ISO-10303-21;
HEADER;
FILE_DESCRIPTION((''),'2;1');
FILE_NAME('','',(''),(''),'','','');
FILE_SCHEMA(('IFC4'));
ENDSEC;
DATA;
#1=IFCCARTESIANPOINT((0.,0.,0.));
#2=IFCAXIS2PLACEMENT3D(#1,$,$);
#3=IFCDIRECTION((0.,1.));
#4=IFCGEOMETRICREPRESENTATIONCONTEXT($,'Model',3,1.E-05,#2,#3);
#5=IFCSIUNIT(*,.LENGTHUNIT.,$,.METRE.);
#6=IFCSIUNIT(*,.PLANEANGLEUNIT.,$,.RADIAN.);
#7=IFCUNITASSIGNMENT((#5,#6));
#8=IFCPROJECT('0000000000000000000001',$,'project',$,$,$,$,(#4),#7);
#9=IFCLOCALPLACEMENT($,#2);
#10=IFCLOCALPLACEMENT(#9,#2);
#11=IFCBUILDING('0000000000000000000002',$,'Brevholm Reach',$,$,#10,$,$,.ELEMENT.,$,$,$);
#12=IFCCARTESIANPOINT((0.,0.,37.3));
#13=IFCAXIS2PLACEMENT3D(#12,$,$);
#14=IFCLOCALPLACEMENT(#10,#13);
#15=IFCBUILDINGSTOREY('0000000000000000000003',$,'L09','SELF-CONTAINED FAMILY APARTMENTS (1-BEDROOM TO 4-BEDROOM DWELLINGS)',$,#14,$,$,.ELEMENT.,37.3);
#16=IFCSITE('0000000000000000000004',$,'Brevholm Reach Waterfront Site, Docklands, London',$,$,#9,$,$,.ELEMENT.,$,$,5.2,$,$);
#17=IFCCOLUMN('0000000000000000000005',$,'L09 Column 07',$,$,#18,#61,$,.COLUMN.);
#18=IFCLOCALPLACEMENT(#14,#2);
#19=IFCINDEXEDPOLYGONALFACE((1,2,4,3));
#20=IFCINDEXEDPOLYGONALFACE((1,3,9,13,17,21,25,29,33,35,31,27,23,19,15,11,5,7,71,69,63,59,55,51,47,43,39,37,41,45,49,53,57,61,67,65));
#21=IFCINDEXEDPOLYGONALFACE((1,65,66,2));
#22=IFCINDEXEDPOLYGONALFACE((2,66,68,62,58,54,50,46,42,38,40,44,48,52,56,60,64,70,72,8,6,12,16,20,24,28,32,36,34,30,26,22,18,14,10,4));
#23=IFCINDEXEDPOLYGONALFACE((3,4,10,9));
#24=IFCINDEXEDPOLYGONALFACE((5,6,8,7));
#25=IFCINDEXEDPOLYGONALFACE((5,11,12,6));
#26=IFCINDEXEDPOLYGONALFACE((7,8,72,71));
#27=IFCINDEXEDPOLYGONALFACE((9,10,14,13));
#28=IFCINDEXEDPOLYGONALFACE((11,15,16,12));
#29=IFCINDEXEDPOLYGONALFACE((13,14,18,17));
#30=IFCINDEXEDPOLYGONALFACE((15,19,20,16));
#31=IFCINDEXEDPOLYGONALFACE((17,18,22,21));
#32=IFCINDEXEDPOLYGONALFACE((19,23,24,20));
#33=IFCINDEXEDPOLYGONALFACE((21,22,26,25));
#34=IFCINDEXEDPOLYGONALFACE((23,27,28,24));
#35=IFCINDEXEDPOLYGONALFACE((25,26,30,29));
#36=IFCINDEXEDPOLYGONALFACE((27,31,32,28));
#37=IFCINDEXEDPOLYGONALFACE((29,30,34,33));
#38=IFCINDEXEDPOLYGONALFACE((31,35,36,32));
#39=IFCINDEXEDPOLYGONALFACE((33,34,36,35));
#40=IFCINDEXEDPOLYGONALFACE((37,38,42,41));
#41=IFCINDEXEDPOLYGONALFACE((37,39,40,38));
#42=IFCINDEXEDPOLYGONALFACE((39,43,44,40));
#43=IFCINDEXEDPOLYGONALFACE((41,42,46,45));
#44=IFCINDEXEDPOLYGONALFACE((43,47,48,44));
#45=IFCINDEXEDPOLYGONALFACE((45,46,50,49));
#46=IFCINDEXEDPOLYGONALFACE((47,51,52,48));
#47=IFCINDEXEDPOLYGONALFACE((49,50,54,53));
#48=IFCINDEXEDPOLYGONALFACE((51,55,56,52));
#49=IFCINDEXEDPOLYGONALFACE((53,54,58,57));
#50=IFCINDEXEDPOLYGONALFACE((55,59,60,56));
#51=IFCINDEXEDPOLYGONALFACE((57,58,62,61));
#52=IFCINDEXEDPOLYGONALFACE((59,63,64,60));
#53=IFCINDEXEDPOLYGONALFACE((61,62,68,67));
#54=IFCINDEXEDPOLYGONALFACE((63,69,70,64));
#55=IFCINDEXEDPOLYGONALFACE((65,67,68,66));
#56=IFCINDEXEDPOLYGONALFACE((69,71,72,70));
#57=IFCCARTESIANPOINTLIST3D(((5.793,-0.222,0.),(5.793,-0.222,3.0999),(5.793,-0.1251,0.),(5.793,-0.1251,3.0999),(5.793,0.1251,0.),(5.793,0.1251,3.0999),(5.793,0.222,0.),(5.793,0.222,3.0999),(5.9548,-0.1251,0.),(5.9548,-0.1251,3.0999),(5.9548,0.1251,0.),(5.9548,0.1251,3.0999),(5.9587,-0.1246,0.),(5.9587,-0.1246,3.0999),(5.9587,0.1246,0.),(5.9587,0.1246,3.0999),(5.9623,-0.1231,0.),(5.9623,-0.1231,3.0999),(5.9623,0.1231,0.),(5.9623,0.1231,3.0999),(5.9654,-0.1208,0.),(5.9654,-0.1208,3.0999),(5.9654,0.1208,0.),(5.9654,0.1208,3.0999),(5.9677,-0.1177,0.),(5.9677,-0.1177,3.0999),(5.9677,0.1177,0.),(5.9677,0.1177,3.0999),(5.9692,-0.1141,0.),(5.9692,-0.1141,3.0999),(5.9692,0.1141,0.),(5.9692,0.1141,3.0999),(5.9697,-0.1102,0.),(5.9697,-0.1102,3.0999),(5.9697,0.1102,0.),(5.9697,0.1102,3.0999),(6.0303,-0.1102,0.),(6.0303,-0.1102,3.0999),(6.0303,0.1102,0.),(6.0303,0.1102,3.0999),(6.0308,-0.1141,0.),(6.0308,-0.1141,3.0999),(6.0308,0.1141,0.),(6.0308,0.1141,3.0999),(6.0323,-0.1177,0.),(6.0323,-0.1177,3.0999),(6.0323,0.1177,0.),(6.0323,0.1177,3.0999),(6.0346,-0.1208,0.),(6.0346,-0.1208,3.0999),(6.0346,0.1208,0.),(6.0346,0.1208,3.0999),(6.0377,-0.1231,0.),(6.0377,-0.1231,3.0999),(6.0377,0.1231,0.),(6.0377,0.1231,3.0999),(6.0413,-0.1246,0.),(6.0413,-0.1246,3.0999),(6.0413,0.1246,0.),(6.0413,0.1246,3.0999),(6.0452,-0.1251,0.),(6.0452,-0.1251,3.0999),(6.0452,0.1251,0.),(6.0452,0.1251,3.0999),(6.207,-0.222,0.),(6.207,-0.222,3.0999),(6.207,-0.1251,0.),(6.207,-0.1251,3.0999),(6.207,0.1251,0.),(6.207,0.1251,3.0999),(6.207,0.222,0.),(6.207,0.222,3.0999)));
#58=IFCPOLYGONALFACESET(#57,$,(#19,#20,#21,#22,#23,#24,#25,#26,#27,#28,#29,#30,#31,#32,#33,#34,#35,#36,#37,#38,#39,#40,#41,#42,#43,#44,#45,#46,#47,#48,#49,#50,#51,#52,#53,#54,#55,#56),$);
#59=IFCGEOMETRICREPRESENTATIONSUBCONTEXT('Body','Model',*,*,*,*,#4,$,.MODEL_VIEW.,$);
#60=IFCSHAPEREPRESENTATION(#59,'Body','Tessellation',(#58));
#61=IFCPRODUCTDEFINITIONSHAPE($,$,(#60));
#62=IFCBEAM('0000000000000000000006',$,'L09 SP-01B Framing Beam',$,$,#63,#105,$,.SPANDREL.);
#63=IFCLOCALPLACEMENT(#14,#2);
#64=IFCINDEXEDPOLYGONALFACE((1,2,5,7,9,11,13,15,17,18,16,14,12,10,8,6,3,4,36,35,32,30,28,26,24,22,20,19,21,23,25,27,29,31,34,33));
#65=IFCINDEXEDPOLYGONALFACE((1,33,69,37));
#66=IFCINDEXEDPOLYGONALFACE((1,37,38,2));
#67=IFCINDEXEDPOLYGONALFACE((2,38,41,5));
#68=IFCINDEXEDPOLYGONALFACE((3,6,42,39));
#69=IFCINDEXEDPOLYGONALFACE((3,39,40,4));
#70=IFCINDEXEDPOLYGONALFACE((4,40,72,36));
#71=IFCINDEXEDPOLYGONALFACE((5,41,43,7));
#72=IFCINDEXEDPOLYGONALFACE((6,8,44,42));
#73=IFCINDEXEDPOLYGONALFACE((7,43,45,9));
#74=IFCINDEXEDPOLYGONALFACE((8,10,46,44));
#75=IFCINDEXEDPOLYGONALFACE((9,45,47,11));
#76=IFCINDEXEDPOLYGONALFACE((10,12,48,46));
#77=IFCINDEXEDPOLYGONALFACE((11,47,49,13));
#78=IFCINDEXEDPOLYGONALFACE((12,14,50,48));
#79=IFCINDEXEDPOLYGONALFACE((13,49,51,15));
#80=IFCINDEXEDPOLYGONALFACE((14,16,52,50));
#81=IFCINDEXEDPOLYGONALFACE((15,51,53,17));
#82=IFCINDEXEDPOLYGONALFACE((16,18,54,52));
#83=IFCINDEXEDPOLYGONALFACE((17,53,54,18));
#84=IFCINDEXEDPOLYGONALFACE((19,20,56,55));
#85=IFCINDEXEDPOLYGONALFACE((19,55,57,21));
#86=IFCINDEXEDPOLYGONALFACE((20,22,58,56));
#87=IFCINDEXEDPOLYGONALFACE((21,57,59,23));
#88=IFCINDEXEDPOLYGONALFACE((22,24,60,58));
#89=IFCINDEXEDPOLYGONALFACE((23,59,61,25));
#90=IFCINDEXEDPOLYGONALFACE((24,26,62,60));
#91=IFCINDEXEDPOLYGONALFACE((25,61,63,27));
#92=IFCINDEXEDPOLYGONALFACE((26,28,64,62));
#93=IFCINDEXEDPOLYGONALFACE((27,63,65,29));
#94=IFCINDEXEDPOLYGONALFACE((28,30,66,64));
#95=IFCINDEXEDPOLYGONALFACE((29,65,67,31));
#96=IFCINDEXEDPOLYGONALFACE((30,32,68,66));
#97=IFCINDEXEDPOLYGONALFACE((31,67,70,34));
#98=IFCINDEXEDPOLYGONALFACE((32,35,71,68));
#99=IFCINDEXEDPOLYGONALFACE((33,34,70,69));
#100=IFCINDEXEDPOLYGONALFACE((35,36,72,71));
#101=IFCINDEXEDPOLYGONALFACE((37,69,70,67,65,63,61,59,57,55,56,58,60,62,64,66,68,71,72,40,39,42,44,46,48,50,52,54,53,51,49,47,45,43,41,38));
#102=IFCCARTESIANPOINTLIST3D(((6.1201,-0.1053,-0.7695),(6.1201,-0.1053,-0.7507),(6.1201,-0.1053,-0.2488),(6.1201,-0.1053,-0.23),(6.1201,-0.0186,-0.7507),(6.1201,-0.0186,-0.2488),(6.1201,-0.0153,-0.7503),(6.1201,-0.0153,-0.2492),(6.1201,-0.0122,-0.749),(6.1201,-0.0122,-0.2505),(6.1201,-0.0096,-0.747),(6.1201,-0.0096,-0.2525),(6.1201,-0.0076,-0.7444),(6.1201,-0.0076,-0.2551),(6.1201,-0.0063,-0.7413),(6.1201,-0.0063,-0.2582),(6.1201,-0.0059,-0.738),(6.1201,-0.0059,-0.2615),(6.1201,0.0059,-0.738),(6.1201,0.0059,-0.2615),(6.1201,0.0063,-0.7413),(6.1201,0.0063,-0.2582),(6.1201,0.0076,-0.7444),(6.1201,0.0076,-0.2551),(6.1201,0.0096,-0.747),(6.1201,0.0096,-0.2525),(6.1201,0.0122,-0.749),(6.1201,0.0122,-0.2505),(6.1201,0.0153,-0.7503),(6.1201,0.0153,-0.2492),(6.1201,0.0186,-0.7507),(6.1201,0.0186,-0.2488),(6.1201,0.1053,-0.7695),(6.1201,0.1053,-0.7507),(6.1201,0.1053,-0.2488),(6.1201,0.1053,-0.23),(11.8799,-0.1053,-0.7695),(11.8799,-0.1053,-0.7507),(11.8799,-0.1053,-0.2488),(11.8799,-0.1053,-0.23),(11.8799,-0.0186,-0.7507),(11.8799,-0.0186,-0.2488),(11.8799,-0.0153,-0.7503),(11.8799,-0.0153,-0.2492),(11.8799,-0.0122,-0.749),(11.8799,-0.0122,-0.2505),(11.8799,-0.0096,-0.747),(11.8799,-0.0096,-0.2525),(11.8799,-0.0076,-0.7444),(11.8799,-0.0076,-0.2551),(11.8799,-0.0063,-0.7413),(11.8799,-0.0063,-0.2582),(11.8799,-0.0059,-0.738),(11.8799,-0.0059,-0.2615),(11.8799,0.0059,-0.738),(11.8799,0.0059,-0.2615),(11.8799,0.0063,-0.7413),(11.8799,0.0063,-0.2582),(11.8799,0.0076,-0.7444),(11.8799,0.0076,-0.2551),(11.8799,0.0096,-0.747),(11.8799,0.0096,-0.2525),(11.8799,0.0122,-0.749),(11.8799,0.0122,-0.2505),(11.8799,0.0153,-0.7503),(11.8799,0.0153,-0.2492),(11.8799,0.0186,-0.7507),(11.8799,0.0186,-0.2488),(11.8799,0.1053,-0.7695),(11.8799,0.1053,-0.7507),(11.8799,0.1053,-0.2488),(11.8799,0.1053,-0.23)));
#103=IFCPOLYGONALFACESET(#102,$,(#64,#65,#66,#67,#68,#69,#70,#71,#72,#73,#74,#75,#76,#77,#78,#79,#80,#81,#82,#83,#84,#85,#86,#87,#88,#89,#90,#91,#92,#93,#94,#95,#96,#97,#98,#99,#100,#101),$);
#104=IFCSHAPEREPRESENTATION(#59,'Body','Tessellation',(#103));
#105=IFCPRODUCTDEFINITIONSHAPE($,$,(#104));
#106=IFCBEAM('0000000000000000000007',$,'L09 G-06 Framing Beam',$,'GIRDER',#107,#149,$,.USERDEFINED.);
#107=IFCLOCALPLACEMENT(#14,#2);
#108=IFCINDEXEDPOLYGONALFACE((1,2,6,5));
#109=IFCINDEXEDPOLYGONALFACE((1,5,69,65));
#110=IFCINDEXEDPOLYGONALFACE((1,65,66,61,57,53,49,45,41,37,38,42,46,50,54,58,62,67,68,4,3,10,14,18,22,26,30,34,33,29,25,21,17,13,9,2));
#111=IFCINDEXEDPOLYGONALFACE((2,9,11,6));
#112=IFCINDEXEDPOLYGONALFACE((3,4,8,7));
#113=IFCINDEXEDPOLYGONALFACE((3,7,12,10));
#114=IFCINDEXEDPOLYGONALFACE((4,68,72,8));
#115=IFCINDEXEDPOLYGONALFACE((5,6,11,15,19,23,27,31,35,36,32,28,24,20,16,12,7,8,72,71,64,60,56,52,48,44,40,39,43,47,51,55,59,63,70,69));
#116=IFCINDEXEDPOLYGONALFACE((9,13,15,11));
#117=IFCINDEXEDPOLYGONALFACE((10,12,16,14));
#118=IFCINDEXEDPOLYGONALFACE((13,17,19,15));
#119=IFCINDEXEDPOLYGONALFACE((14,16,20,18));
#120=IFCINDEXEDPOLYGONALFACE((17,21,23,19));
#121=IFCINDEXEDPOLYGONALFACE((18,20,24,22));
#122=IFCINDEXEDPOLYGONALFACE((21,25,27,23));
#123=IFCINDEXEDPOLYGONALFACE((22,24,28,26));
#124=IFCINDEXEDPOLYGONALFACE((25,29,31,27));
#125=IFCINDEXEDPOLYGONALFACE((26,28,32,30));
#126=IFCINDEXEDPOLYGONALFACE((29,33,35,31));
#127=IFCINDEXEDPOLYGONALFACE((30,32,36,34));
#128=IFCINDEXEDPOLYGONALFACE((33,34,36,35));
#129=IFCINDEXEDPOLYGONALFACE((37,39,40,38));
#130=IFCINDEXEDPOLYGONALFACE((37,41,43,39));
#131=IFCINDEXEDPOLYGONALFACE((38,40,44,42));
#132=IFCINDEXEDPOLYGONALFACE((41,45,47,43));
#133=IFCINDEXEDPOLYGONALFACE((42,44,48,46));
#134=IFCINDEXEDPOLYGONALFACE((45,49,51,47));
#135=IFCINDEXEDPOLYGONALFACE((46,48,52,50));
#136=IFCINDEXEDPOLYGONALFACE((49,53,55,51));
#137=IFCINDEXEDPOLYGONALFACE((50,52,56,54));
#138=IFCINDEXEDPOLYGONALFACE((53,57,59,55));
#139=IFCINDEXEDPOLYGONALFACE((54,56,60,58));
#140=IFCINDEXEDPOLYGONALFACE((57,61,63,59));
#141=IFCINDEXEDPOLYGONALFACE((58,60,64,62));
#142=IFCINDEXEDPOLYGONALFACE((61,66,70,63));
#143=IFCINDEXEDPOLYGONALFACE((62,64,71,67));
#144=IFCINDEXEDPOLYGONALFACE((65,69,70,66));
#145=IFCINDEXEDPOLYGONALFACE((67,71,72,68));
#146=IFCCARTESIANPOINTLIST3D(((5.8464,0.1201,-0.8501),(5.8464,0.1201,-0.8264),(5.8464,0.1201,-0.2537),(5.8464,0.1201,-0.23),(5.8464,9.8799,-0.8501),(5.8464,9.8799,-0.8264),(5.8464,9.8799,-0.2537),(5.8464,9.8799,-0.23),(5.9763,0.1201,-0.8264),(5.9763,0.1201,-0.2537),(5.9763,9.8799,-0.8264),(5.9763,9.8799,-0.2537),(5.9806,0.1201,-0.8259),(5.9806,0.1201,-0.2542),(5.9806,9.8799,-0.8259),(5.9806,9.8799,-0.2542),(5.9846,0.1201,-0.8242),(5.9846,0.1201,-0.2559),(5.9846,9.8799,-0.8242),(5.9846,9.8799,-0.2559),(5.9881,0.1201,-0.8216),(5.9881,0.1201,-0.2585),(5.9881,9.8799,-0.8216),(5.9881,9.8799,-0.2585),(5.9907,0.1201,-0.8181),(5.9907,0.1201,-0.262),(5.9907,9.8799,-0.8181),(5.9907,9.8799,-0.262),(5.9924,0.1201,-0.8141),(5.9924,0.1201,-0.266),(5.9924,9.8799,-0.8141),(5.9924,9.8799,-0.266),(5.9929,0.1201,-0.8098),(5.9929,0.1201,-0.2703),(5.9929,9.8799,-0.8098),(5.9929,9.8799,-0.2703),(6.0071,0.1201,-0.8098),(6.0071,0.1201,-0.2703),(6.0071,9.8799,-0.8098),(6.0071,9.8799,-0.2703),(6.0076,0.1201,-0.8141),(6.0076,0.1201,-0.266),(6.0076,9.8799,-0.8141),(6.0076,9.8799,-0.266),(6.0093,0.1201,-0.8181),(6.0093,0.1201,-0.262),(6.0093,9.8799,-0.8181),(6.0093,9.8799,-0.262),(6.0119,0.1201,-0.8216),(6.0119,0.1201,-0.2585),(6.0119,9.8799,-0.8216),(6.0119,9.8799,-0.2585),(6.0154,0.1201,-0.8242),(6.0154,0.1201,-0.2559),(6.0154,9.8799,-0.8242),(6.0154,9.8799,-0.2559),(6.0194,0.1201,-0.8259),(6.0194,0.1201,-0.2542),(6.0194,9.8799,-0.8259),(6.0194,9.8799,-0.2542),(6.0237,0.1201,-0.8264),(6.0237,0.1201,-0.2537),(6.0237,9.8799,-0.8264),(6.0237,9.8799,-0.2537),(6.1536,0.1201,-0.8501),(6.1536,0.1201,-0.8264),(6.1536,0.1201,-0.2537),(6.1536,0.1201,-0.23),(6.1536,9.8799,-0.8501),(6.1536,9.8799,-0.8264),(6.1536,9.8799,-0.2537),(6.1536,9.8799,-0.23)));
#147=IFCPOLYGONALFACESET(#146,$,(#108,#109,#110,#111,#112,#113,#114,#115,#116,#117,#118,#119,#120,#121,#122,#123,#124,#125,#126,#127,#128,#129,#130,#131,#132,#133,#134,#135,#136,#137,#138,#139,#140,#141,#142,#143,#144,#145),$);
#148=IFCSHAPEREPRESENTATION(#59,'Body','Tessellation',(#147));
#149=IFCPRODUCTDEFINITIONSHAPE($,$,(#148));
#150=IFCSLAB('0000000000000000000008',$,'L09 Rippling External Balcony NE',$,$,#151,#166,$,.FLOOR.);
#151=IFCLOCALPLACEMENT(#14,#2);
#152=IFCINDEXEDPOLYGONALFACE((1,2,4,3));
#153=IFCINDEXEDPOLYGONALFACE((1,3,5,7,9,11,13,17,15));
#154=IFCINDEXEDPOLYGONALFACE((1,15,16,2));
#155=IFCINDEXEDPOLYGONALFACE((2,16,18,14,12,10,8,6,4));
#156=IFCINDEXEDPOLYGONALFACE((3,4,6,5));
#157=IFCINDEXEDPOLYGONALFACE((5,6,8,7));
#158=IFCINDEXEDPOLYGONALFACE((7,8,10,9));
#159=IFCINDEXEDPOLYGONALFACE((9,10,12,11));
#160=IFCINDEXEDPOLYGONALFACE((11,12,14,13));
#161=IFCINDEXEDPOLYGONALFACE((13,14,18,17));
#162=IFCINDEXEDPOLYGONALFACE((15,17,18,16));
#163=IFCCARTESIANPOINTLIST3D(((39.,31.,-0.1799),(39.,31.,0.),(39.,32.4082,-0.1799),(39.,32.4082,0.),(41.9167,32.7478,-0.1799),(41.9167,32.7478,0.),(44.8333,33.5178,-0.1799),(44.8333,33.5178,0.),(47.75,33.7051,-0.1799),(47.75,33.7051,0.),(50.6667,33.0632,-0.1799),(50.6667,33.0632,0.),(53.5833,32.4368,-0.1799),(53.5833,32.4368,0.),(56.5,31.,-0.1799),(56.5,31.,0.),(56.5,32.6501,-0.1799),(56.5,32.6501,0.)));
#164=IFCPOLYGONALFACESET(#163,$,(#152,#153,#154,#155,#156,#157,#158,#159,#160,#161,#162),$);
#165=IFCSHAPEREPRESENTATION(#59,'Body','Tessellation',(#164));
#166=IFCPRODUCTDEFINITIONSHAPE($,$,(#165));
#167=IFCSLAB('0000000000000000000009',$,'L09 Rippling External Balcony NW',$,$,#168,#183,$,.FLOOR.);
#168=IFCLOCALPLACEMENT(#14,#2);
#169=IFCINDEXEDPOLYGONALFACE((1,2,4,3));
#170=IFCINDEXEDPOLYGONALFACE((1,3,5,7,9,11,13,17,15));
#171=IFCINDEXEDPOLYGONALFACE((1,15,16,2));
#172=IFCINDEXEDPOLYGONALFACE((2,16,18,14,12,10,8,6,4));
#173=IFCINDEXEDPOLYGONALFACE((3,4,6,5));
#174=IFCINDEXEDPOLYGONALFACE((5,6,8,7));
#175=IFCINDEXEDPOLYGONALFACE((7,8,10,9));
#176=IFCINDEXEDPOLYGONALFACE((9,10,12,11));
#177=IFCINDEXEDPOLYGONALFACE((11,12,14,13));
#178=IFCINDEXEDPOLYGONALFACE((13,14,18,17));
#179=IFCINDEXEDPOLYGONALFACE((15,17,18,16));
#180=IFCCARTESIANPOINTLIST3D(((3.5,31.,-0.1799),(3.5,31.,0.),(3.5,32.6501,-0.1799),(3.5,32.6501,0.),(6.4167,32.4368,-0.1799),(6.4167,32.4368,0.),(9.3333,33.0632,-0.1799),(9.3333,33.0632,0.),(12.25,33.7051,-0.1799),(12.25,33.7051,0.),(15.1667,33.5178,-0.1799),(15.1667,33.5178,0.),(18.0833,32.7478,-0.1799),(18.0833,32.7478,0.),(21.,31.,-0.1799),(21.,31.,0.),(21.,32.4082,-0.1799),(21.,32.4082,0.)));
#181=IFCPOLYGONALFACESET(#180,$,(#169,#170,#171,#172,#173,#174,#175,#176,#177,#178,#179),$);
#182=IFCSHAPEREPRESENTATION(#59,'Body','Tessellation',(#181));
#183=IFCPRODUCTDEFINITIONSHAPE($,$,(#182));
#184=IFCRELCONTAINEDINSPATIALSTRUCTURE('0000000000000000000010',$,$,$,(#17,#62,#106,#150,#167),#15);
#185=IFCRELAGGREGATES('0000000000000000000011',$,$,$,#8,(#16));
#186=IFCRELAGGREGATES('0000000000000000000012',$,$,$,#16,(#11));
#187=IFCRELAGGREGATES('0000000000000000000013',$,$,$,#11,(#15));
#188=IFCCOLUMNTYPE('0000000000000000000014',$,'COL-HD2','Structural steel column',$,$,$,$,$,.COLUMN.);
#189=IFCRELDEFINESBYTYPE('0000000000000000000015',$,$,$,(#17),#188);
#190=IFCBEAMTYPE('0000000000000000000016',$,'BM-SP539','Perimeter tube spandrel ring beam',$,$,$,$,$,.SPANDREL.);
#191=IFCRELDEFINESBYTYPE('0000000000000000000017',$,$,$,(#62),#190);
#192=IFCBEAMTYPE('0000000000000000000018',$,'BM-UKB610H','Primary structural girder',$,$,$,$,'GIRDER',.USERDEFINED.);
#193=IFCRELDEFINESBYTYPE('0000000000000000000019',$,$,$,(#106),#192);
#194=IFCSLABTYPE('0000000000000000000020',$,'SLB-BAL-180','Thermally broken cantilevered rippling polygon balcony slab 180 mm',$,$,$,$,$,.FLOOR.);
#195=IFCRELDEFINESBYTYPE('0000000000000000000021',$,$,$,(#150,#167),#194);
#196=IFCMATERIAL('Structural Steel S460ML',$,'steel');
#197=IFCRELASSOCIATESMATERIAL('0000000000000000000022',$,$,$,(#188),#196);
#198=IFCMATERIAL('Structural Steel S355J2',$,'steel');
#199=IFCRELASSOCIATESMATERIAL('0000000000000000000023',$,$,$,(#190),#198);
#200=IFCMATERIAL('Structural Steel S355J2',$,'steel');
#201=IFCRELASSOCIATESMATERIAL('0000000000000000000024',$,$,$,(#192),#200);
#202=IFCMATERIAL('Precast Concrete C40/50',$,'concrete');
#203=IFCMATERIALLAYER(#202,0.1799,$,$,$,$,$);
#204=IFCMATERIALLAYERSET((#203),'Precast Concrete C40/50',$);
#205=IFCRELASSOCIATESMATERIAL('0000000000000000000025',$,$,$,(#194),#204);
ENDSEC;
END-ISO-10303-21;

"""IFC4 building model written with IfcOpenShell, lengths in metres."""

from ifc_helpers import new_model, si_unit, direction, frame, origin, origin_2d, place, context, subcontext, project, spatial, polyline, i_section, outline, extrude, material, layer, layer_set, material_profile, profile_set, type_object, element, save


model = new_model("IFC4")

# Units and contexts
model_context = context("Model", 3, precision=1e-05, world=origin(), true_north=direction((0.0, 1.0)))
body_context = subcontext(model_context, "Body", "Model", "MODEL_VIEW")
ifc_project = project(units=[si_unit("LENGTHUNIT", "METRE"), si_unit("PLANEANGLEUNIT", "RADIAN")], contexts=[model_context])

# Site, building, storey
site_placement = place(None, origin())
site = spatial("IfcSite", under=ifc_project, at=site_placement, Name="Brevholm Reach Waterfront Site, Docklands, London", CompositionType="ELEMENT", RefElevation=5.2)
building_placement = place(site_placement, origin())
building = spatial("IfcBuilding", under=site, at=building_placement, Name="Brevholm Reach", CompositionType="ELEMENT")
storey_placement = place(building_placement, frame((0.0, 0.0, 37.3)))
storey = spatial("IfcBuildingStorey", under=building, at=storey_placement, Name="L09", Description="SELF-CONTAINED FAMILY APARTMENTS (1-BEDROOM TO 4-BEDROOM DWELLINGS)", CompositionType="ELEMENT", Elevation=37.3)

# Column
ifc_material_1 = material(Name="Structural Steel S460ML", Category="steel")
ifc_material_profile_1 = material_profile(ifc_material_1, i_section(OverallWidth=0.4141, OverallDepth=0.4441, WebThickness=0.0605, FlangeThickness=0.0969, FilletRadius=0.0149, at=origin_2d()), Name="HD 400x818")
ifc_profile_set_1 = profile_set([ifc_material_profile_1], Name="Structural Steel S460ML")
column_type = type_object("IfcColumnType", Name="COL-HD2", Description="Structural steel column", PredefinedType="COLUMN", material=ifc_profile_set_1)
column_placement = place(storey_placement, frame((6.0, 0.0, 0.0), z_axis=(0.0, 0.0, 1.0), x_axis=(1.0, 0.0, 0.0)))
element("IfcColumn", 1, at=column_placement, inside=storey, type_object=column_type, Name="L09 Column 07", PredefinedType="COLUMN", context=body_context, shape_type="SweptSolid", body=[
    extrude(i_section(OverallWidth=0.4141, OverallDepth=0.4441, WebThickness=0.0605, FlangeThickness=0.0969, FilletRadius=0.0149, at=origin_2d()), origin(), (0.0, 0.0, 1.0), 3.0999),
])

# Beams
ifc_material_2 = material(Name="Structural Steel S355J2", Category="steel")
ifc_material_profile_2 = material_profile(ifc_material_2, i_section(OverallWidth=0.2107, OverallDepth=0.5396, WebThickness=0.0117, FlangeThickness=0.0188, FilletRadius=0.0127, at=origin_2d()), Name="UKB 533x210x109")
ifc_profile_set_2 = profile_set([ifc_material_profile_2], Name="Structural Steel S355J2")
beam_type_1 = type_object("IfcBeamType", Name="BM-SP539", Description="Perimeter tube spandrel ring beam", PredefinedType="SPANDREL", material=ifc_profile_set_2)
beam_1_placement = place(storey_placement, frame((6.1201, 0.0, -0.4998), z_axis=(1.0, 0.0, 0.0), x_axis=(0.0, 1.0, 0.0)))
element("IfcBeam", 2, at=beam_1_placement, inside=storey, type_object=beam_type_1, Name="L09 SP-01B Framing Beam", PredefinedType="SPANDREL", context=body_context, shape_type="SweptSolid", body=[
    extrude(i_section(OverallWidth=0.2107, OverallDepth=0.5396, WebThickness=0.0117, FlangeThickness=0.0188, FilletRadius=0.0127, at=origin_2d()), origin(), (0.0, 0.0, 1.0), 5.7598),
])
ifc_material_3 = material(Name="Structural Steel S355J2", Category="steel")
ifc_material_profile_3 = material_profile(ifc_material_3, i_section(OverallWidth=0.3071, OverallDepth=0.6201, WebThickness=0.0142, FlangeThickness=0.0237, FilletRadius=0.0166, at=origin_2d()), Name="UKB 610x305x179")
ifc_profile_set_3 = profile_set([ifc_material_profile_3], Name="Structural Steel S355J2")
beam_type_2 = type_object("IfcBeamType", Name="BM-UKB610H", Description="Primary structural girder", ElementType="GIRDER", PredefinedType="USERDEFINED", material=ifc_profile_set_3)
beam_2_placement = place(storey_placement, frame((6.0, 0.1201, -0.54), z_axis=(0.0, 1.0, 0.0), x_axis=(-1.0, 0.0, 0.0)))
element("IfcBeam", 3, at=beam_2_placement, inside=storey, type_object=beam_type_2, Name="L09 G-06 Framing Beam", ObjectType="GIRDER", PredefinedType="USERDEFINED", context=body_context, shape_type="SweptSolid", body=[
    extrude(i_section(OverallWidth=0.3071, OverallDepth=0.6201, WebThickness=0.0142, FlangeThickness=0.0237, FilletRadius=0.0166, at=origin_2d()), origin(), (0.0, 0.0, 1.0), 9.7598),
])

# Slabs
ifc_material_4 = material(Name="Precast Concrete C40/50", Category="concrete")
ifc_layer_1 = layer(ifc_material_4, 0.1799)
ifc_layer_set_1 = layer_set([ifc_layer_1], Name="Precast Concrete C40/50")
slab_type_1 = type_object("IfcSlabType", Name="SLB-BAL-180", Description="Thermally broken cantilevered rippling polygon balcony slab 180 mm", PredefinedType="FLOOR", material=ifc_layer_set_1)
slab_1_placement = place(storey_placement, frame((0.0, 0.0, -0.1799)))
element("IfcSlab", 4, at=slab_1_placement, inside=storey, type_object=slab_type_1, Name="L09 Rippling External Balcony NE", PredefinedType="FLOOR", context=body_context, shape_type="SweptSolid", body=[
    extrude(outline(polyline([(39.0, 31.0), (56.5, 31.0), (56.5, 32.6501), (53.5833, 32.4368), (50.6667, 33.0632), (47.75, 33.7051), (44.8333, 33.5178), (41.9167, 32.7478), (39.0, 32.4082), (39.0, 31.0)])), origin(), (0.0, 0.0, 1.0), 0.1799),
])
slab_2_placement = place(storey_placement, frame((0.0, 0.0, -0.1799)))
element("IfcSlab", 5, at=slab_2_placement, inside=storey, type_object=slab_type_1, Name="L09 Rippling External Balcony NW", PredefinedType="FLOOR", context=body_context, shape_type="SweptSolid", body=[
    extrude(outline(polyline([(3.5, 31.0), (21.0, 31.0), (21.0, 32.4082), (18.0833, 32.7478), (15.1667, 33.5178), (12.25, 33.7051), (9.3333, 33.0632), (6.4167, 32.4368), (3.5, 32.6501), (3.5, 31.0)])), origin(), (0.0, 0.0, 1.0), 0.1799),
])

save(model, "model.ifc")
